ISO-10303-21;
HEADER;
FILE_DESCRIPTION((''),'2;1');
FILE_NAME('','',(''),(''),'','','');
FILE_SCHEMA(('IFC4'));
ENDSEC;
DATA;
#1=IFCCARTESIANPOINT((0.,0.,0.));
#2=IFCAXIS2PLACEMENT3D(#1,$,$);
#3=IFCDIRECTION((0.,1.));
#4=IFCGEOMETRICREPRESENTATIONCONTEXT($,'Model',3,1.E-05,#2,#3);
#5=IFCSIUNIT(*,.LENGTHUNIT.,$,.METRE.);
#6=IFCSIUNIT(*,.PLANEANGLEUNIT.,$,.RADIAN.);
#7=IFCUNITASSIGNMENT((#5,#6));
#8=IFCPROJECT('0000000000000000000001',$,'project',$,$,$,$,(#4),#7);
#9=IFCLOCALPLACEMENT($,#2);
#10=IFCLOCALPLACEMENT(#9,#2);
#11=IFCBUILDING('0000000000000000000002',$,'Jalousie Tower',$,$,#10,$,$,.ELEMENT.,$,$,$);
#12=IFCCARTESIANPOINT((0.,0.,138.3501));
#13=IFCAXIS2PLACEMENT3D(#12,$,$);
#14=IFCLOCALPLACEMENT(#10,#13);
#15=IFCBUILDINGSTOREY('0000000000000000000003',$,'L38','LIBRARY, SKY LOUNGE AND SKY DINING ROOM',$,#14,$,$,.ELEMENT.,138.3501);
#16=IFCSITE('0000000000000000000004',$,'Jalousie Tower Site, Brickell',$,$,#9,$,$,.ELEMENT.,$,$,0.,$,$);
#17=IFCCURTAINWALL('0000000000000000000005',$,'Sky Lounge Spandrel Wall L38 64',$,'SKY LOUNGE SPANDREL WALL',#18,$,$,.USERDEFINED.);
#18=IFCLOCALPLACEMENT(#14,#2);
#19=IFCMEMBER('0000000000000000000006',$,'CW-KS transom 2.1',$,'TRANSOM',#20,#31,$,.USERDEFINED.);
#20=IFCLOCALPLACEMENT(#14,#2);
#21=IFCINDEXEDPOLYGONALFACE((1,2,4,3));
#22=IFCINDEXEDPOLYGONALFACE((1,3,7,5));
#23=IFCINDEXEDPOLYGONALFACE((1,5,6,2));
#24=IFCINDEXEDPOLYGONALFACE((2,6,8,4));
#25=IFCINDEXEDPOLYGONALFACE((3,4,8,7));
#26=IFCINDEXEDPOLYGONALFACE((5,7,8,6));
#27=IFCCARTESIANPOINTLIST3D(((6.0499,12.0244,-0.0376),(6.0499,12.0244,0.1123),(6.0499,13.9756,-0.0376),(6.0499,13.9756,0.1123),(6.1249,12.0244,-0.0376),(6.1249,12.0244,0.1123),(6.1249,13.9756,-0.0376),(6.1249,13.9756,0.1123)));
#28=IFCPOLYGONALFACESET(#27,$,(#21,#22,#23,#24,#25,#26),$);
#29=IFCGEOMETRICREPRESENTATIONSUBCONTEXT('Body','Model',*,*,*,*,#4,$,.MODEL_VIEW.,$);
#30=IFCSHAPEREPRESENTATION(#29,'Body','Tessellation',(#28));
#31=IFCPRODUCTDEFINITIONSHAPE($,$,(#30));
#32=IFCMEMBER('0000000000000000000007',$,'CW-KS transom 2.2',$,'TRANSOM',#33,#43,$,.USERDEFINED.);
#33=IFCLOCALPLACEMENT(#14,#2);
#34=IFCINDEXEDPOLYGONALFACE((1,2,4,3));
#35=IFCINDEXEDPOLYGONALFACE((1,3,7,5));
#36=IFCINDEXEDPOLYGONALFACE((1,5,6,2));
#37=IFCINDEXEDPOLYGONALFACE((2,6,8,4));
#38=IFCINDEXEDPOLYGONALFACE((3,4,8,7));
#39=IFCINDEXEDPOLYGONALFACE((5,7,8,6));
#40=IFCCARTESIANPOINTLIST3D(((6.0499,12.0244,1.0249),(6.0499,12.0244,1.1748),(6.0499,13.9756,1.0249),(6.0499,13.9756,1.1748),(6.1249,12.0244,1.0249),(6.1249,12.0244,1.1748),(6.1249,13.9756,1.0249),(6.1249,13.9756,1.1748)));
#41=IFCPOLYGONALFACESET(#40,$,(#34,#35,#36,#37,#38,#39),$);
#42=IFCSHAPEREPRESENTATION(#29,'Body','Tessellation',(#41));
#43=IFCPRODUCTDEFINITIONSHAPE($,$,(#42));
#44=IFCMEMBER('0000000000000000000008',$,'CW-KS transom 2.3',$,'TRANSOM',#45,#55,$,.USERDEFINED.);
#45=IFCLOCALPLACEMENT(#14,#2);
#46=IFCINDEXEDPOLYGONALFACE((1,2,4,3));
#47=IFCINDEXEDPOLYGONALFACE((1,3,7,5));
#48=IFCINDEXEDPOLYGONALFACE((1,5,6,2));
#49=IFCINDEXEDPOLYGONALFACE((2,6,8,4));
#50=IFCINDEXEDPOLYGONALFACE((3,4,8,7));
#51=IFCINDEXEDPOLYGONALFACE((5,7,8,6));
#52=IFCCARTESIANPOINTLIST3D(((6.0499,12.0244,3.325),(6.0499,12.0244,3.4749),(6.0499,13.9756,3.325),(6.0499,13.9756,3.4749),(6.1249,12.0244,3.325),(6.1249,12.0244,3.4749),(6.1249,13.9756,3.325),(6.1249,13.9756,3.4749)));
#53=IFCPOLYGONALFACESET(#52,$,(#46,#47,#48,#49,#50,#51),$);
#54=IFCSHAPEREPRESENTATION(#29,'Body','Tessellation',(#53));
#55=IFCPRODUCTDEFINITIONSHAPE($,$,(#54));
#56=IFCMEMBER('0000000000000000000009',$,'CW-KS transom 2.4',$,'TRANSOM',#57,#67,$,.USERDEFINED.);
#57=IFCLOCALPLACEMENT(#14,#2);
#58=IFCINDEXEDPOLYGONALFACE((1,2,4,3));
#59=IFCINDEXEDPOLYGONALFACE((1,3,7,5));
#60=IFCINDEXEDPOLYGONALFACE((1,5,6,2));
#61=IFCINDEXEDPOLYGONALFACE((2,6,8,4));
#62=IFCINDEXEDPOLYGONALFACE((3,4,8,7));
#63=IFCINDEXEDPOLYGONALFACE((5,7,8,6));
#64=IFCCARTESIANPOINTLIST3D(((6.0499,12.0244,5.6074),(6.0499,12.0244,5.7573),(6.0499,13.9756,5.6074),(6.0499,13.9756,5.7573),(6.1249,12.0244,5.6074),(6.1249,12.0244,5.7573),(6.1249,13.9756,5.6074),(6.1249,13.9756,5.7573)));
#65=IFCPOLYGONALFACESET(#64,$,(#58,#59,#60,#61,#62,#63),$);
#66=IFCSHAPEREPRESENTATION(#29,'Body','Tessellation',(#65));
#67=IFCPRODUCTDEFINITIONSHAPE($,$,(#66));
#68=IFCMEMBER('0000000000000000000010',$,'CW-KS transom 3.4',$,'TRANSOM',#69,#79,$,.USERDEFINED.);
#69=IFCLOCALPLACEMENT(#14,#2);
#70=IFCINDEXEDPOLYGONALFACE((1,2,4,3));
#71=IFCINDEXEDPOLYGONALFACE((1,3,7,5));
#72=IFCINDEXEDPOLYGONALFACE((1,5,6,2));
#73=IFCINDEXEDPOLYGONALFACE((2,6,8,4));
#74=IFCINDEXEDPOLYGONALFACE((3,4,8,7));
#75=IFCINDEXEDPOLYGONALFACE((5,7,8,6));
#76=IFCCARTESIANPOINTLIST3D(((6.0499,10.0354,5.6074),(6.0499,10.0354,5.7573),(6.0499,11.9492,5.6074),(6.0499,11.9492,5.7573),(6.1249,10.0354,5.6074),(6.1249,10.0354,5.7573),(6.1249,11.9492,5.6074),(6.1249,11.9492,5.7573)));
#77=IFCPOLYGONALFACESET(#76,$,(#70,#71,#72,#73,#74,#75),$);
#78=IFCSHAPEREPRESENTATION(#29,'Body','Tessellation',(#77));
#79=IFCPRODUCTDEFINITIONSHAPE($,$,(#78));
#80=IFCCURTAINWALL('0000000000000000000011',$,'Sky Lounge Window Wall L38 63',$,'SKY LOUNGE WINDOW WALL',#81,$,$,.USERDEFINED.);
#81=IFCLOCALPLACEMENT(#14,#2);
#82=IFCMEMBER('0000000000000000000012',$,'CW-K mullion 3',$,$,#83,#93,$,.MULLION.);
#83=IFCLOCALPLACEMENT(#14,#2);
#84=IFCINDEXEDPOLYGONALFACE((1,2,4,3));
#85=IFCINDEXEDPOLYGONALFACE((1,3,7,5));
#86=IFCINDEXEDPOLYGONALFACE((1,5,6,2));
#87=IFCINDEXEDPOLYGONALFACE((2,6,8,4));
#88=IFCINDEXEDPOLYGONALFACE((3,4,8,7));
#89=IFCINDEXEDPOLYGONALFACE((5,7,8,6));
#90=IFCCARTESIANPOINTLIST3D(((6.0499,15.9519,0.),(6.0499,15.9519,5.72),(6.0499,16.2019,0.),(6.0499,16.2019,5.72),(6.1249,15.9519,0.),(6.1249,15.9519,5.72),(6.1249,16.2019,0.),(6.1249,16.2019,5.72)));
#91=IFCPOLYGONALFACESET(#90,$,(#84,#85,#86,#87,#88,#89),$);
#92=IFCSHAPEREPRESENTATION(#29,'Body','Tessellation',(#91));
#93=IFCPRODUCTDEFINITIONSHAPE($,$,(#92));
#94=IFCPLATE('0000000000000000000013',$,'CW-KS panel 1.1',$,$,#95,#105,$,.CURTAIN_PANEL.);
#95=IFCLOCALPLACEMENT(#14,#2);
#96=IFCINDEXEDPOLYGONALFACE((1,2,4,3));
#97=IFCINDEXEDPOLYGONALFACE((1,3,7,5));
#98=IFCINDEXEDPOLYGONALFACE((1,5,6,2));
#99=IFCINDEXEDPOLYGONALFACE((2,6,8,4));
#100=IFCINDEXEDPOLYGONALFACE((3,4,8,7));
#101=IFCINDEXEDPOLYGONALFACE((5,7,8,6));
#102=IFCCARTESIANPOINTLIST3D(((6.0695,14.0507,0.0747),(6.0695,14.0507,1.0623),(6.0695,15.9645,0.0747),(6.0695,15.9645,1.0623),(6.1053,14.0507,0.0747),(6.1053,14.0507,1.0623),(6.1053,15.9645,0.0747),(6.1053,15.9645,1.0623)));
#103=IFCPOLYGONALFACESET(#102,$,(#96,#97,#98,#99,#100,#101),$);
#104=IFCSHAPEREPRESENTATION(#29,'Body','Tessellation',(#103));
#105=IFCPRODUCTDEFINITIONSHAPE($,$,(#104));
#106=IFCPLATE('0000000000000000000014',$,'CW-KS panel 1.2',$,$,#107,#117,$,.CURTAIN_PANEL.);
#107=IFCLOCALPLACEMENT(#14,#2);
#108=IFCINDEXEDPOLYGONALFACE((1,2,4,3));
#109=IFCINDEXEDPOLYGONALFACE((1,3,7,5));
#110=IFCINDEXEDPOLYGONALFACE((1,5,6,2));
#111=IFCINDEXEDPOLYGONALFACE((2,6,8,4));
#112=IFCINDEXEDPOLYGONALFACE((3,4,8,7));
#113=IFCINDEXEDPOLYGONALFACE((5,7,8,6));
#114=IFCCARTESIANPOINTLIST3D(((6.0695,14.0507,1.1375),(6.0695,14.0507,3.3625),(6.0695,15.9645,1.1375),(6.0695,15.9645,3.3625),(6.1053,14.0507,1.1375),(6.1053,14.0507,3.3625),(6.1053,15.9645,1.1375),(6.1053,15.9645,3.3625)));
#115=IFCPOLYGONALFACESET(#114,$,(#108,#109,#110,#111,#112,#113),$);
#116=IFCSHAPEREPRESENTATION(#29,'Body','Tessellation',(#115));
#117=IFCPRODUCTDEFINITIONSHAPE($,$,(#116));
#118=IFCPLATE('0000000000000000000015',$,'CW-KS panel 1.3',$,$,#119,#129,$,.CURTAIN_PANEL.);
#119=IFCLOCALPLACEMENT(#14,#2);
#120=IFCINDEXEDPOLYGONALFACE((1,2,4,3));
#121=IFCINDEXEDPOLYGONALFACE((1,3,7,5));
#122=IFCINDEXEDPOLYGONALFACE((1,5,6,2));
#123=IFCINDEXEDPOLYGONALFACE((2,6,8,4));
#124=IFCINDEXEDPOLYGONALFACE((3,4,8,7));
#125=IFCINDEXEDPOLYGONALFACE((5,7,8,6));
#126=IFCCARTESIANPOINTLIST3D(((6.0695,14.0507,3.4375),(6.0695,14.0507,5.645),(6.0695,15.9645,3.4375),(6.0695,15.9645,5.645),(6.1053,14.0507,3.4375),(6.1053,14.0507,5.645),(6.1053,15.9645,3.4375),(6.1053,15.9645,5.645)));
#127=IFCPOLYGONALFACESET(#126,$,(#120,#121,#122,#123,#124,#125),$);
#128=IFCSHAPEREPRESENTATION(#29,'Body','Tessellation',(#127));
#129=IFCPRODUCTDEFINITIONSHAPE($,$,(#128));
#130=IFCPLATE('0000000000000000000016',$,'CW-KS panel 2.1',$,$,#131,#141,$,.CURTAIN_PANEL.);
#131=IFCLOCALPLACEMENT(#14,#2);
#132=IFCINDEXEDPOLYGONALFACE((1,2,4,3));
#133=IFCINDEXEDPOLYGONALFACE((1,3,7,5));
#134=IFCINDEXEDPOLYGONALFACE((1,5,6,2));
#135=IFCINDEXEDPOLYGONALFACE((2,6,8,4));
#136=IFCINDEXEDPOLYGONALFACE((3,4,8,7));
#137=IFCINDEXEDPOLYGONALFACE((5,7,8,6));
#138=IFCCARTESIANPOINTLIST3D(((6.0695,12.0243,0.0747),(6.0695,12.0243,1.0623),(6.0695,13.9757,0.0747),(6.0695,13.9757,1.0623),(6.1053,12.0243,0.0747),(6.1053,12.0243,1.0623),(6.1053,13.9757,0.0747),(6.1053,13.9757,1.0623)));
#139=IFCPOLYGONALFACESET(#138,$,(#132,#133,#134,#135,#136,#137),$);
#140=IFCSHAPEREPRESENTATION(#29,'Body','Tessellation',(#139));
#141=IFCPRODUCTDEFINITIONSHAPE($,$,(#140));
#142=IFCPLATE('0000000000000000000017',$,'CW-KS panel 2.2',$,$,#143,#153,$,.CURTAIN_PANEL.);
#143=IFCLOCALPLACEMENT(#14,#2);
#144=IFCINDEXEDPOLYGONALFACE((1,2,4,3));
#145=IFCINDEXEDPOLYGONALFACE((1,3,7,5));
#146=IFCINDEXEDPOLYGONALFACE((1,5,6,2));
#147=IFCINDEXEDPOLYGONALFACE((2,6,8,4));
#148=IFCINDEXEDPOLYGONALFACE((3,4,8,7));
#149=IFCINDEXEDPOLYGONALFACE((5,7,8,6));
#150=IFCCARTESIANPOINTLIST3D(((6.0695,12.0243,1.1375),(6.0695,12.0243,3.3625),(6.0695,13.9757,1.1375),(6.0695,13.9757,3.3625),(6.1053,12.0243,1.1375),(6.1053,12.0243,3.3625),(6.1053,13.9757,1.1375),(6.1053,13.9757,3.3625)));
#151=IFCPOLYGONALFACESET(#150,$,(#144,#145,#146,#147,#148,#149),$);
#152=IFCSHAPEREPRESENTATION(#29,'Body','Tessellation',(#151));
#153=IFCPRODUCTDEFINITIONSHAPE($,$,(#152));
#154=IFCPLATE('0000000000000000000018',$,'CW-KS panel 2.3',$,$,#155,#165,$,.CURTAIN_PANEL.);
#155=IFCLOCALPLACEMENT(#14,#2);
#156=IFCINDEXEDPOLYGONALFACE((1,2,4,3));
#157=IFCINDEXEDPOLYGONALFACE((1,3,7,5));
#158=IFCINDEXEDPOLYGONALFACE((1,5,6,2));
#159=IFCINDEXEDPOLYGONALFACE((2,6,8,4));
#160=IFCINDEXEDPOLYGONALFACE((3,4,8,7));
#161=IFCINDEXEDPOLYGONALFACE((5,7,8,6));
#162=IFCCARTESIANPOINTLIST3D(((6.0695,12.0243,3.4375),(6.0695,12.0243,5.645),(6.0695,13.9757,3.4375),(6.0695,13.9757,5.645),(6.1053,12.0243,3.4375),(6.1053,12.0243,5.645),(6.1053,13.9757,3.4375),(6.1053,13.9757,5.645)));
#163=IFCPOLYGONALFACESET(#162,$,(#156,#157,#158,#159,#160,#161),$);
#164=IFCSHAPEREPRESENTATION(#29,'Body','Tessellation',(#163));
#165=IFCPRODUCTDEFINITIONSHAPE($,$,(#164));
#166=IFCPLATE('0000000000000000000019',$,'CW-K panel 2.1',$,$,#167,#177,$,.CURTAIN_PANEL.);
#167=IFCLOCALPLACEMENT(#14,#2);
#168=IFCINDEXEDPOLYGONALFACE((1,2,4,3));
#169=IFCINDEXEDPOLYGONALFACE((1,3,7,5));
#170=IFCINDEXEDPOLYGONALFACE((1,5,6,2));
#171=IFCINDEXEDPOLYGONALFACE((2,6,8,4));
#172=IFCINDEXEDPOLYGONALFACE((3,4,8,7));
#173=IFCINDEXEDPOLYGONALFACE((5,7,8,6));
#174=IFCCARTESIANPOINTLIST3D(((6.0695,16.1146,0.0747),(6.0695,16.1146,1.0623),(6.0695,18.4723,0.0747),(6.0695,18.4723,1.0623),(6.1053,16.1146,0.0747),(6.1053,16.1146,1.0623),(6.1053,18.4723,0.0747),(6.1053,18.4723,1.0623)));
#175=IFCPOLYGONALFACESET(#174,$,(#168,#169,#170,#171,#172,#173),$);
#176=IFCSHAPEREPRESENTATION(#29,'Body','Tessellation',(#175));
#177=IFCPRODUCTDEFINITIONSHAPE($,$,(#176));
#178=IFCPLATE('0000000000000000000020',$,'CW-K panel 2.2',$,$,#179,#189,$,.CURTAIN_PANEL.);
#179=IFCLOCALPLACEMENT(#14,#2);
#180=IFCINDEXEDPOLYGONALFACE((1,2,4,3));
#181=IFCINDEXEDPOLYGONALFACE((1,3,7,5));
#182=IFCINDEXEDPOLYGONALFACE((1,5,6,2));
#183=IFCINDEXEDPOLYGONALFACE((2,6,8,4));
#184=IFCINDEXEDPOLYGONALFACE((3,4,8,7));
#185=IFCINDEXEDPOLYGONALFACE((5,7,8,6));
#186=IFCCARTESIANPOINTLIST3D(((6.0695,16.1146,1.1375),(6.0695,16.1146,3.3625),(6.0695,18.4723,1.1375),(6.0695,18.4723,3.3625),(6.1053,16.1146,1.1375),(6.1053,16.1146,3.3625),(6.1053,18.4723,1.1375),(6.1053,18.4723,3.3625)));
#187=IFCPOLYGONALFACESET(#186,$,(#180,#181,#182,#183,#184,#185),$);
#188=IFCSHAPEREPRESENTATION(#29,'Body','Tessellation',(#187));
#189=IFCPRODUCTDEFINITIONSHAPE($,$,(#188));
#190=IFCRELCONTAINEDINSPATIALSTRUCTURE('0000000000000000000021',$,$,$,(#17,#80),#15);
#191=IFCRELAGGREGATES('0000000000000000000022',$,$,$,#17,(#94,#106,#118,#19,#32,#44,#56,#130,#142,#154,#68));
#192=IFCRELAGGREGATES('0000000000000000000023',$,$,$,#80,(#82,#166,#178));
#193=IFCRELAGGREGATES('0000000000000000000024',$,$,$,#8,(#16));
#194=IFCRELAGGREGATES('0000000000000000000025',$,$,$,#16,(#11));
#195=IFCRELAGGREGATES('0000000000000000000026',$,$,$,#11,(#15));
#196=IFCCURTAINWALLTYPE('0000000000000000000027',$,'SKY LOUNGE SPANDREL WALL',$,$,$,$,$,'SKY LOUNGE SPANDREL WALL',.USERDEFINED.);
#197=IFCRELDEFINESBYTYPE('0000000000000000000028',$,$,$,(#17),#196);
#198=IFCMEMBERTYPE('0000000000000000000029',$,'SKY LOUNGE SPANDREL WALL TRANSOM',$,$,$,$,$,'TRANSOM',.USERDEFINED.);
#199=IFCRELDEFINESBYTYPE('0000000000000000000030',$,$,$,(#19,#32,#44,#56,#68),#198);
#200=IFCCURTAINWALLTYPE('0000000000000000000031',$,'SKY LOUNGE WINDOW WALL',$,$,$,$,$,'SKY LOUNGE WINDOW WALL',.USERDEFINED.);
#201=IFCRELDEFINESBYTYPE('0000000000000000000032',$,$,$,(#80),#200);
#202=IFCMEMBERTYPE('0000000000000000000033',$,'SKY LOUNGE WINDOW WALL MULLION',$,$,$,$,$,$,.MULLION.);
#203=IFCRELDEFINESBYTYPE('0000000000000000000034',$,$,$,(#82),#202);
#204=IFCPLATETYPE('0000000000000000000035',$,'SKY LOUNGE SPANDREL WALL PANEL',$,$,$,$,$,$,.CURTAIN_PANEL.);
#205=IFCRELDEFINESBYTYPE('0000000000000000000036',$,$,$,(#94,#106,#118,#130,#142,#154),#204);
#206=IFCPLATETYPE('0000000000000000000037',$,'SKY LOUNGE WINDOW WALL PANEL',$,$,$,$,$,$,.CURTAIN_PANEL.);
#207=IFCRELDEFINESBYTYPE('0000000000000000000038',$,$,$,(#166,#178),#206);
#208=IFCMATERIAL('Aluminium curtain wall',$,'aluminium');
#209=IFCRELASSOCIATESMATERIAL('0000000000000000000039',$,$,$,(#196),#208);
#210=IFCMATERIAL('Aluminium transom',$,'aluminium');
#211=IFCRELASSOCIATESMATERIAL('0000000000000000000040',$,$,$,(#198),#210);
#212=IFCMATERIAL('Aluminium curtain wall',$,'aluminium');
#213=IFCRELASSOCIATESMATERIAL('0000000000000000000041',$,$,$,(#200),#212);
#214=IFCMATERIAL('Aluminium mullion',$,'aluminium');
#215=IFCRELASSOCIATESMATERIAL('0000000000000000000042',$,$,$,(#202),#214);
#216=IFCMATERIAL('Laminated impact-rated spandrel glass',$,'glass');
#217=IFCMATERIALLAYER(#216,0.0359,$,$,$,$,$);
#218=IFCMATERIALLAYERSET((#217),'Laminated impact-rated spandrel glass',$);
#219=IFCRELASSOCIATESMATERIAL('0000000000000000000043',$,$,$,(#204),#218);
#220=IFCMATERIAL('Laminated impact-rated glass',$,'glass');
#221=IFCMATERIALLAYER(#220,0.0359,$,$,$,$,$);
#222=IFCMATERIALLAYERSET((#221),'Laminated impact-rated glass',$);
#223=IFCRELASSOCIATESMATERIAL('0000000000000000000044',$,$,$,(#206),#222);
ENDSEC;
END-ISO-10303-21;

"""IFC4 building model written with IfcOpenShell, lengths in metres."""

from ifc_helpers import new_model, si_unit, direction, frame, origin, origin_2d, place, context, subcontext, project, spatial, rectangle, extrude, material, layer, layer_set, material_profile, profile_set, type_object, element, aggregate, save


model = new_model("IFC4")

# Units and contexts
model_context = context("Model", 3, precision=1e-05, world=origin(), true_north=direction((0.0, 1.0)))
body_context = subcontext(model_context, "Body", "Model", "MODEL_VIEW")
ifc_project = project(units=[si_unit("LENGTHUNIT", "METRE"), si_unit("PLANEANGLEUNIT", "RADIAN")], contexts=[model_context])

# Site, building, storey
site_placement = place(None, origin())
site = spatial("IfcSite", under=ifc_project, at=site_placement, Name="Jalousie Tower Site, Brickell", CompositionType="ELEMENT", RefElevation=0.0)
building_placement = place(site_placement, origin())
building = spatial("IfcBuilding", under=site, at=building_placement, Name="Jalousie Tower", CompositionType="ELEMENT")
storey_placement = place(building_placement, frame((0.0, 0.0, 138.3501)))
storey = spatial("IfcBuildingStorey", under=building, at=storey_placement, Name="L38", Description="LIBRARY, SKY LOUNGE AND SKY DINING ROOM", CompositionType="ELEMENT", Elevation=138.3501)

# Curtain wall, members
ifc_material_1 = material(Name="Aluminium curtain wall", Category="aluminium")
curtain_wall_type_1 = type_object("IfcCurtainWallType", Name="SKY LOUNGE SPANDREL WALL", ElementType="SKY LOUNGE SPANDREL WALL", PredefinedType="USERDEFINED", material=ifc_material_1)
curtain_wall_1_placement = place(storey_placement, origin())
curtain_wall_1 = element("IfcCurtainWall", 1, at=curtain_wall_1_placement, inside=storey, type_object=curtain_wall_type_1, Name="Sky Lounge Spandrel Wall L38 64", ObjectType="SKY LOUNGE SPANDREL WALL", PredefinedType="USERDEFINED")
ifc_material_2 = material(Name="Aluminium transom", Category="aluminium")
ifc_material_profile_1 = material_profile(ifc_material_2, rectangle(XDim=0.075, YDim=0.1499, at=origin_2d()), Name="TRANSOM 75x150")
ifc_profile_set_1 = profile_set([ifc_material_profile_1], Name="Aluminium transom")
member_type_1 = type_object("IfcMemberType", Name="SKY LOUNGE SPANDREL WALL TRANSOM", ElementType="TRANSOM", PredefinedType="USERDEFINED", material=ifc_profile_set_1)
member_1_placement = place(storey_placement, frame((6.0874, 13.9756, 0.0374), z_axis=(0.0, -1.0, 0.0), x_axis=(1.0, 0.0, 0.0)))
member_1 = element("IfcMember", 2, at=member_1_placement, type_object=member_type_1, Name="CW-KS transom 2.1", ObjectType="TRANSOM", PredefinedType="USERDEFINED", context=body_context, shape_type="SweptSolid", body=[
    extrude(rectangle(XDim=0.075, YDim=0.1499, at=origin_2d()), origin(), (0.0, 0.0, 1.0), 1.9512),
])
member_2_placement = place(storey_placement, frame((6.0874, 13.9756, 1.0999), z_axis=(0.0, -1.0, 0.0), x_axis=(1.0, 0.0, 0.0)))
member_2 = element("IfcMember", 3, at=member_2_placement, type_object=member_type_1, Name="CW-KS transom 2.2", ObjectType="TRANSOM", PredefinedType="USERDEFINED", context=body_context, shape_type="SweptSolid", body=[
    extrude(rectangle(XDim=0.075, YDim=0.1499, at=origin_2d()), origin(), (0.0, 0.0, 1.0), 1.9512),
])
member_3_placement = place(storey_placement, frame((6.0874, 13.9756, 3.3999), z_axis=(0.0, -1.0, 0.0), x_axis=(1.0, 0.0, 0.0)))
member_3 = element("IfcMember", 4, at=member_3_placement, type_object=member_type_1, Name="CW-KS transom 2.3", ObjectType="TRANSOM", PredefinedType="USERDEFINED", context=body_context, shape_type="SweptSolid", body=[
    extrude(rectangle(XDim=0.075, YDim=0.1499, at=origin_2d()), origin(), (0.0, 0.0, 1.0), 1.9512),
])
member_4_placement = place(storey_placement, frame((6.0874, 13.9756, 5.6824), z_axis=(0.0, -1.0, 0.0), x_axis=(1.0, 0.0, 0.0)))
member_4 = element("IfcMember", 5, at=member_4_placement, type_object=member_type_1, Name="CW-KS transom 2.4", ObjectType="TRANSOM", PredefinedType="USERDEFINED", context=body_context, shape_type="SweptSolid", body=[
    extrude(rectangle(XDim=0.075, YDim=0.1499, at=origin_2d()), origin(), (0.0, 0.0, 1.0), 1.9512),
])
member_5_placement = place(storey_placement, frame((6.0874, 11.9492, 5.6824), z_axis=(0.0, -1.0, 0.0), x_axis=(1.0, 0.0, 0.0)))
member_5 = element("IfcMember", 6, at=member_5_placement, type_object=member_type_1, Name="CW-KS transom 3.4", ObjectType="TRANSOM", PredefinedType="USERDEFINED", context=body_context, shape_type="SweptSolid", body=[
    extrude(rectangle(XDim=0.075, YDim=0.1499, at=origin_2d()), origin(), (0.0, 0.0, 1.0), 1.9138),
])

# Curtain wall, member
ifc_material_3 = material(Name="Aluminium curtain wall", Category="aluminium")
curtain_wall_type_2 = type_object("IfcCurtainWallType", Name="SKY LOUNGE WINDOW WALL", ElementType="SKY LOUNGE WINDOW WALL", PredefinedType="USERDEFINED", material=ifc_material_3)
curtain_wall_2_placement = place(storey_placement, origin())
curtain_wall_2 = element("IfcCurtainWall", 7, at=curtain_wall_2_placement, inside=storey, type_object=curtain_wall_type_2, Name="Sky Lounge Window Wall L38 63", ObjectType="SKY LOUNGE WINDOW WALL", PredefinedType="USERDEFINED")
ifc_material_4 = material(Name="Aluminium mullion", Category="aluminium")
ifc_material_profile_2 = material_profile(ifc_material_4, rectangle(XDim=0.075, YDim=0.25, at=origin_2d()), Name="MULLION 75x250")
ifc_profile_set_2 = profile_set([ifc_material_profile_2], Name="Aluminium mullion")
member_type_2 = type_object("IfcMemberType", Name="SKY LOUNGE WINDOW WALL MULLION", PredefinedType="MULLION", material=ifc_profile_set_2)
member_6_placement = place(storey_placement, frame((6.0874, 16.0769, 0.0), z_axis=(0.0, 0.0, 1.0), x_axis=(1.0, 0.0, 0.0)))
member_6 = element("IfcMember", 8, at=member_6_placement, type_object=member_type_2, Name="CW-K mullion 3", PredefinedType="MULLION", context=body_context, shape_type="SweptSolid", body=[
    extrude(rectangle(XDim=0.075, YDim=0.25, at=origin_2d()), origin(), (0.0, 0.0, 1.0), 5.72),
])

# Plates
ifc_material_5 = material(Name="Laminated impact-rated spandrel glass", Category="glass")
ifc_layer_1 = layer(ifc_material_5, 0.0359)
ifc_layer_set_1 = layer_set([ifc_layer_1], Name="Laminated impact-rated spandrel glass")
plate_type_1 = type_object("IfcPlateType", Name="SKY LOUNGE SPANDREL WALL PANEL", PredefinedType="CURTAIN_PANEL", material=ifc_layer_set_1)
plate_1_placement = place(storey_placement, frame((6.0874, 15.0076, 0.0747), z_axis=(0.0, 0.0, 1.0), x_axis=(0.0, -1.0, 0.0)))
plate_1 = element("IfcPlate", 9, at=plate_1_placement, type_object=plate_type_1, Name="CW-KS panel 1.1", PredefinedType="CURTAIN_PANEL", context=body_context, shape_type="SweptSolid", body=[
    extrude(rectangle(XDim=1.9138, YDim=0.0359, at=origin_2d()), origin(), (0.0, 0.0, 1.0), 0.9875),
])
plate_2_placement = place(storey_placement, frame((6.0874, 15.0076, 1.1375), z_axis=(0.0, 0.0, 1.0), x_axis=(0.0, -1.0, 0.0)))
plate_2 = element("IfcPlate", 10, at=plate_2_placement, type_object=plate_type_1, Name="CW-KS panel 1.2", PredefinedType="CURTAIN_PANEL", context=body_context, shape_type="SweptSolid", body=[
    extrude(rectangle(XDim=1.9138, YDim=0.0359, at=origin_2d()), origin(), (0.0, 0.0, 1.0), 2.2251),
])
plate_3_placement = place(storey_placement, frame((6.0874, 15.0076, 3.4375), z_axis=(0.0, 0.0, 1.0), x_axis=(0.0, -1.0, 0.0)))
plate_3 = element("IfcPlate", 11, at=plate_3_placement, type_object=plate_type_1, Name="CW-KS panel 1.3", PredefinedType="CURTAIN_PANEL", context=body_context, shape_type="SweptSolid", body=[
    extrude(rectangle(XDim=1.9138, YDim=0.0359, at=origin_2d()), origin(), (0.0, 0.0, 1.0), 2.2075),
])
plate_4_placement = place(storey_placement, frame((6.0874, 13.0, 0.0747), z_axis=(0.0, 0.0, 1.0), x_axis=(0.0, -1.0, 0.0)))
plate_4 = element("IfcPlate", 12, at=plate_4_placement, type_object=plate_type_1, Name="CW-KS panel 2.1", PredefinedType="CURTAIN_PANEL", context=body_context, shape_type="SweptSolid", body=[
    extrude(rectangle(XDim=1.9514, YDim=0.0359, at=origin_2d()), origin(), (0.0, 0.0, 1.0), 0.9875),
])
plate_5_placement = place(storey_placement, frame((6.0874, 13.0, 1.1375), z_axis=(0.0, 0.0, 1.0), x_axis=(0.0, -1.0, 0.0)))
plate_5 = element("IfcPlate", 13, at=plate_5_placement, type_object=plate_type_1, Name="CW-KS panel 2.2", PredefinedType="CURTAIN_PANEL", context=body_context, shape_type="SweptSolid", body=[
    extrude(rectangle(XDim=1.9514, YDim=0.0359, at=origin_2d()), origin(), (0.0, 0.0, 1.0), 2.2251),
])
plate_6_placement = place(storey_placement, frame((6.0874, 13.0, 3.4375), z_axis=(0.0, 0.0, 1.0), x_axis=(0.0, -1.0, 0.0)))
plate_6 = element("IfcPlate", 14, at=plate_6_placement, type_object=plate_type_1, Name="CW-KS panel 2.3", PredefinedType="CURTAIN_PANEL", context=body_context, shape_type="SweptSolid", body=[
    extrude(rectangle(XDim=1.9514, YDim=0.0359, at=origin_2d()), origin(), (0.0, 0.0, 1.0), 2.2075),
])
aggregate(curtain_wall_1, [plate_1, plate_2, plate_3, member_1, member_2, member_3, member_4, plate_4, plate_5, plate_6, member_5])
ifc_material_6 = material(Name="Laminated impact-rated glass", Category="glass")
ifc_layer_2 = layer(ifc_material_6, 0.0359)
ifc_layer_set_2 = layer_set([ifc_layer_2], Name="Laminated impact-rated glass")
plate_type_2 = type_object("IfcPlateType", Name="SKY LOUNGE WINDOW WALL PANEL", PredefinedType="CURTAIN_PANEL", material=ifc_layer_set_2)
plate_7_placement = place(storey_placement, frame((6.0874, 17.2935, 0.0747), z_axis=(0.0, 0.0, 1.0), x_axis=(0.0, -1.0, 0.0)))
plate_7 = element("IfcPlate", 15, at=plate_7_placement, type_object=plate_type_2, Name="CW-K panel 2.1", PredefinedType="CURTAIN_PANEL", context=body_context, shape_type="SweptSolid", body=[
    extrude(rectangle(XDim=2.3577, YDim=0.0359, at=origin_2d()), origin(), (0.0, 0.0, 1.0), 0.9875),
])
plate_8_placement = place(storey_placement, frame((6.0874, 17.2935, 1.1375), z_axis=(0.0, 0.0, 1.0), x_axis=(0.0, -1.0, 0.0)))
plate_8 = element("IfcPlate", 16, at=plate_8_placement, type_object=plate_type_2, Name="CW-K panel 2.2", PredefinedType="CURTAIN_PANEL", context=body_context, shape_type="SweptSolid", body=[
    extrude(rectangle(XDim=2.3577, YDim=0.0359, at=origin_2d()), origin(), (0.0, 0.0, 1.0), 2.2251),
])
aggregate(curtain_wall_2, [member_6, plate_7, plate_8])

save(model, "model.ifc")
